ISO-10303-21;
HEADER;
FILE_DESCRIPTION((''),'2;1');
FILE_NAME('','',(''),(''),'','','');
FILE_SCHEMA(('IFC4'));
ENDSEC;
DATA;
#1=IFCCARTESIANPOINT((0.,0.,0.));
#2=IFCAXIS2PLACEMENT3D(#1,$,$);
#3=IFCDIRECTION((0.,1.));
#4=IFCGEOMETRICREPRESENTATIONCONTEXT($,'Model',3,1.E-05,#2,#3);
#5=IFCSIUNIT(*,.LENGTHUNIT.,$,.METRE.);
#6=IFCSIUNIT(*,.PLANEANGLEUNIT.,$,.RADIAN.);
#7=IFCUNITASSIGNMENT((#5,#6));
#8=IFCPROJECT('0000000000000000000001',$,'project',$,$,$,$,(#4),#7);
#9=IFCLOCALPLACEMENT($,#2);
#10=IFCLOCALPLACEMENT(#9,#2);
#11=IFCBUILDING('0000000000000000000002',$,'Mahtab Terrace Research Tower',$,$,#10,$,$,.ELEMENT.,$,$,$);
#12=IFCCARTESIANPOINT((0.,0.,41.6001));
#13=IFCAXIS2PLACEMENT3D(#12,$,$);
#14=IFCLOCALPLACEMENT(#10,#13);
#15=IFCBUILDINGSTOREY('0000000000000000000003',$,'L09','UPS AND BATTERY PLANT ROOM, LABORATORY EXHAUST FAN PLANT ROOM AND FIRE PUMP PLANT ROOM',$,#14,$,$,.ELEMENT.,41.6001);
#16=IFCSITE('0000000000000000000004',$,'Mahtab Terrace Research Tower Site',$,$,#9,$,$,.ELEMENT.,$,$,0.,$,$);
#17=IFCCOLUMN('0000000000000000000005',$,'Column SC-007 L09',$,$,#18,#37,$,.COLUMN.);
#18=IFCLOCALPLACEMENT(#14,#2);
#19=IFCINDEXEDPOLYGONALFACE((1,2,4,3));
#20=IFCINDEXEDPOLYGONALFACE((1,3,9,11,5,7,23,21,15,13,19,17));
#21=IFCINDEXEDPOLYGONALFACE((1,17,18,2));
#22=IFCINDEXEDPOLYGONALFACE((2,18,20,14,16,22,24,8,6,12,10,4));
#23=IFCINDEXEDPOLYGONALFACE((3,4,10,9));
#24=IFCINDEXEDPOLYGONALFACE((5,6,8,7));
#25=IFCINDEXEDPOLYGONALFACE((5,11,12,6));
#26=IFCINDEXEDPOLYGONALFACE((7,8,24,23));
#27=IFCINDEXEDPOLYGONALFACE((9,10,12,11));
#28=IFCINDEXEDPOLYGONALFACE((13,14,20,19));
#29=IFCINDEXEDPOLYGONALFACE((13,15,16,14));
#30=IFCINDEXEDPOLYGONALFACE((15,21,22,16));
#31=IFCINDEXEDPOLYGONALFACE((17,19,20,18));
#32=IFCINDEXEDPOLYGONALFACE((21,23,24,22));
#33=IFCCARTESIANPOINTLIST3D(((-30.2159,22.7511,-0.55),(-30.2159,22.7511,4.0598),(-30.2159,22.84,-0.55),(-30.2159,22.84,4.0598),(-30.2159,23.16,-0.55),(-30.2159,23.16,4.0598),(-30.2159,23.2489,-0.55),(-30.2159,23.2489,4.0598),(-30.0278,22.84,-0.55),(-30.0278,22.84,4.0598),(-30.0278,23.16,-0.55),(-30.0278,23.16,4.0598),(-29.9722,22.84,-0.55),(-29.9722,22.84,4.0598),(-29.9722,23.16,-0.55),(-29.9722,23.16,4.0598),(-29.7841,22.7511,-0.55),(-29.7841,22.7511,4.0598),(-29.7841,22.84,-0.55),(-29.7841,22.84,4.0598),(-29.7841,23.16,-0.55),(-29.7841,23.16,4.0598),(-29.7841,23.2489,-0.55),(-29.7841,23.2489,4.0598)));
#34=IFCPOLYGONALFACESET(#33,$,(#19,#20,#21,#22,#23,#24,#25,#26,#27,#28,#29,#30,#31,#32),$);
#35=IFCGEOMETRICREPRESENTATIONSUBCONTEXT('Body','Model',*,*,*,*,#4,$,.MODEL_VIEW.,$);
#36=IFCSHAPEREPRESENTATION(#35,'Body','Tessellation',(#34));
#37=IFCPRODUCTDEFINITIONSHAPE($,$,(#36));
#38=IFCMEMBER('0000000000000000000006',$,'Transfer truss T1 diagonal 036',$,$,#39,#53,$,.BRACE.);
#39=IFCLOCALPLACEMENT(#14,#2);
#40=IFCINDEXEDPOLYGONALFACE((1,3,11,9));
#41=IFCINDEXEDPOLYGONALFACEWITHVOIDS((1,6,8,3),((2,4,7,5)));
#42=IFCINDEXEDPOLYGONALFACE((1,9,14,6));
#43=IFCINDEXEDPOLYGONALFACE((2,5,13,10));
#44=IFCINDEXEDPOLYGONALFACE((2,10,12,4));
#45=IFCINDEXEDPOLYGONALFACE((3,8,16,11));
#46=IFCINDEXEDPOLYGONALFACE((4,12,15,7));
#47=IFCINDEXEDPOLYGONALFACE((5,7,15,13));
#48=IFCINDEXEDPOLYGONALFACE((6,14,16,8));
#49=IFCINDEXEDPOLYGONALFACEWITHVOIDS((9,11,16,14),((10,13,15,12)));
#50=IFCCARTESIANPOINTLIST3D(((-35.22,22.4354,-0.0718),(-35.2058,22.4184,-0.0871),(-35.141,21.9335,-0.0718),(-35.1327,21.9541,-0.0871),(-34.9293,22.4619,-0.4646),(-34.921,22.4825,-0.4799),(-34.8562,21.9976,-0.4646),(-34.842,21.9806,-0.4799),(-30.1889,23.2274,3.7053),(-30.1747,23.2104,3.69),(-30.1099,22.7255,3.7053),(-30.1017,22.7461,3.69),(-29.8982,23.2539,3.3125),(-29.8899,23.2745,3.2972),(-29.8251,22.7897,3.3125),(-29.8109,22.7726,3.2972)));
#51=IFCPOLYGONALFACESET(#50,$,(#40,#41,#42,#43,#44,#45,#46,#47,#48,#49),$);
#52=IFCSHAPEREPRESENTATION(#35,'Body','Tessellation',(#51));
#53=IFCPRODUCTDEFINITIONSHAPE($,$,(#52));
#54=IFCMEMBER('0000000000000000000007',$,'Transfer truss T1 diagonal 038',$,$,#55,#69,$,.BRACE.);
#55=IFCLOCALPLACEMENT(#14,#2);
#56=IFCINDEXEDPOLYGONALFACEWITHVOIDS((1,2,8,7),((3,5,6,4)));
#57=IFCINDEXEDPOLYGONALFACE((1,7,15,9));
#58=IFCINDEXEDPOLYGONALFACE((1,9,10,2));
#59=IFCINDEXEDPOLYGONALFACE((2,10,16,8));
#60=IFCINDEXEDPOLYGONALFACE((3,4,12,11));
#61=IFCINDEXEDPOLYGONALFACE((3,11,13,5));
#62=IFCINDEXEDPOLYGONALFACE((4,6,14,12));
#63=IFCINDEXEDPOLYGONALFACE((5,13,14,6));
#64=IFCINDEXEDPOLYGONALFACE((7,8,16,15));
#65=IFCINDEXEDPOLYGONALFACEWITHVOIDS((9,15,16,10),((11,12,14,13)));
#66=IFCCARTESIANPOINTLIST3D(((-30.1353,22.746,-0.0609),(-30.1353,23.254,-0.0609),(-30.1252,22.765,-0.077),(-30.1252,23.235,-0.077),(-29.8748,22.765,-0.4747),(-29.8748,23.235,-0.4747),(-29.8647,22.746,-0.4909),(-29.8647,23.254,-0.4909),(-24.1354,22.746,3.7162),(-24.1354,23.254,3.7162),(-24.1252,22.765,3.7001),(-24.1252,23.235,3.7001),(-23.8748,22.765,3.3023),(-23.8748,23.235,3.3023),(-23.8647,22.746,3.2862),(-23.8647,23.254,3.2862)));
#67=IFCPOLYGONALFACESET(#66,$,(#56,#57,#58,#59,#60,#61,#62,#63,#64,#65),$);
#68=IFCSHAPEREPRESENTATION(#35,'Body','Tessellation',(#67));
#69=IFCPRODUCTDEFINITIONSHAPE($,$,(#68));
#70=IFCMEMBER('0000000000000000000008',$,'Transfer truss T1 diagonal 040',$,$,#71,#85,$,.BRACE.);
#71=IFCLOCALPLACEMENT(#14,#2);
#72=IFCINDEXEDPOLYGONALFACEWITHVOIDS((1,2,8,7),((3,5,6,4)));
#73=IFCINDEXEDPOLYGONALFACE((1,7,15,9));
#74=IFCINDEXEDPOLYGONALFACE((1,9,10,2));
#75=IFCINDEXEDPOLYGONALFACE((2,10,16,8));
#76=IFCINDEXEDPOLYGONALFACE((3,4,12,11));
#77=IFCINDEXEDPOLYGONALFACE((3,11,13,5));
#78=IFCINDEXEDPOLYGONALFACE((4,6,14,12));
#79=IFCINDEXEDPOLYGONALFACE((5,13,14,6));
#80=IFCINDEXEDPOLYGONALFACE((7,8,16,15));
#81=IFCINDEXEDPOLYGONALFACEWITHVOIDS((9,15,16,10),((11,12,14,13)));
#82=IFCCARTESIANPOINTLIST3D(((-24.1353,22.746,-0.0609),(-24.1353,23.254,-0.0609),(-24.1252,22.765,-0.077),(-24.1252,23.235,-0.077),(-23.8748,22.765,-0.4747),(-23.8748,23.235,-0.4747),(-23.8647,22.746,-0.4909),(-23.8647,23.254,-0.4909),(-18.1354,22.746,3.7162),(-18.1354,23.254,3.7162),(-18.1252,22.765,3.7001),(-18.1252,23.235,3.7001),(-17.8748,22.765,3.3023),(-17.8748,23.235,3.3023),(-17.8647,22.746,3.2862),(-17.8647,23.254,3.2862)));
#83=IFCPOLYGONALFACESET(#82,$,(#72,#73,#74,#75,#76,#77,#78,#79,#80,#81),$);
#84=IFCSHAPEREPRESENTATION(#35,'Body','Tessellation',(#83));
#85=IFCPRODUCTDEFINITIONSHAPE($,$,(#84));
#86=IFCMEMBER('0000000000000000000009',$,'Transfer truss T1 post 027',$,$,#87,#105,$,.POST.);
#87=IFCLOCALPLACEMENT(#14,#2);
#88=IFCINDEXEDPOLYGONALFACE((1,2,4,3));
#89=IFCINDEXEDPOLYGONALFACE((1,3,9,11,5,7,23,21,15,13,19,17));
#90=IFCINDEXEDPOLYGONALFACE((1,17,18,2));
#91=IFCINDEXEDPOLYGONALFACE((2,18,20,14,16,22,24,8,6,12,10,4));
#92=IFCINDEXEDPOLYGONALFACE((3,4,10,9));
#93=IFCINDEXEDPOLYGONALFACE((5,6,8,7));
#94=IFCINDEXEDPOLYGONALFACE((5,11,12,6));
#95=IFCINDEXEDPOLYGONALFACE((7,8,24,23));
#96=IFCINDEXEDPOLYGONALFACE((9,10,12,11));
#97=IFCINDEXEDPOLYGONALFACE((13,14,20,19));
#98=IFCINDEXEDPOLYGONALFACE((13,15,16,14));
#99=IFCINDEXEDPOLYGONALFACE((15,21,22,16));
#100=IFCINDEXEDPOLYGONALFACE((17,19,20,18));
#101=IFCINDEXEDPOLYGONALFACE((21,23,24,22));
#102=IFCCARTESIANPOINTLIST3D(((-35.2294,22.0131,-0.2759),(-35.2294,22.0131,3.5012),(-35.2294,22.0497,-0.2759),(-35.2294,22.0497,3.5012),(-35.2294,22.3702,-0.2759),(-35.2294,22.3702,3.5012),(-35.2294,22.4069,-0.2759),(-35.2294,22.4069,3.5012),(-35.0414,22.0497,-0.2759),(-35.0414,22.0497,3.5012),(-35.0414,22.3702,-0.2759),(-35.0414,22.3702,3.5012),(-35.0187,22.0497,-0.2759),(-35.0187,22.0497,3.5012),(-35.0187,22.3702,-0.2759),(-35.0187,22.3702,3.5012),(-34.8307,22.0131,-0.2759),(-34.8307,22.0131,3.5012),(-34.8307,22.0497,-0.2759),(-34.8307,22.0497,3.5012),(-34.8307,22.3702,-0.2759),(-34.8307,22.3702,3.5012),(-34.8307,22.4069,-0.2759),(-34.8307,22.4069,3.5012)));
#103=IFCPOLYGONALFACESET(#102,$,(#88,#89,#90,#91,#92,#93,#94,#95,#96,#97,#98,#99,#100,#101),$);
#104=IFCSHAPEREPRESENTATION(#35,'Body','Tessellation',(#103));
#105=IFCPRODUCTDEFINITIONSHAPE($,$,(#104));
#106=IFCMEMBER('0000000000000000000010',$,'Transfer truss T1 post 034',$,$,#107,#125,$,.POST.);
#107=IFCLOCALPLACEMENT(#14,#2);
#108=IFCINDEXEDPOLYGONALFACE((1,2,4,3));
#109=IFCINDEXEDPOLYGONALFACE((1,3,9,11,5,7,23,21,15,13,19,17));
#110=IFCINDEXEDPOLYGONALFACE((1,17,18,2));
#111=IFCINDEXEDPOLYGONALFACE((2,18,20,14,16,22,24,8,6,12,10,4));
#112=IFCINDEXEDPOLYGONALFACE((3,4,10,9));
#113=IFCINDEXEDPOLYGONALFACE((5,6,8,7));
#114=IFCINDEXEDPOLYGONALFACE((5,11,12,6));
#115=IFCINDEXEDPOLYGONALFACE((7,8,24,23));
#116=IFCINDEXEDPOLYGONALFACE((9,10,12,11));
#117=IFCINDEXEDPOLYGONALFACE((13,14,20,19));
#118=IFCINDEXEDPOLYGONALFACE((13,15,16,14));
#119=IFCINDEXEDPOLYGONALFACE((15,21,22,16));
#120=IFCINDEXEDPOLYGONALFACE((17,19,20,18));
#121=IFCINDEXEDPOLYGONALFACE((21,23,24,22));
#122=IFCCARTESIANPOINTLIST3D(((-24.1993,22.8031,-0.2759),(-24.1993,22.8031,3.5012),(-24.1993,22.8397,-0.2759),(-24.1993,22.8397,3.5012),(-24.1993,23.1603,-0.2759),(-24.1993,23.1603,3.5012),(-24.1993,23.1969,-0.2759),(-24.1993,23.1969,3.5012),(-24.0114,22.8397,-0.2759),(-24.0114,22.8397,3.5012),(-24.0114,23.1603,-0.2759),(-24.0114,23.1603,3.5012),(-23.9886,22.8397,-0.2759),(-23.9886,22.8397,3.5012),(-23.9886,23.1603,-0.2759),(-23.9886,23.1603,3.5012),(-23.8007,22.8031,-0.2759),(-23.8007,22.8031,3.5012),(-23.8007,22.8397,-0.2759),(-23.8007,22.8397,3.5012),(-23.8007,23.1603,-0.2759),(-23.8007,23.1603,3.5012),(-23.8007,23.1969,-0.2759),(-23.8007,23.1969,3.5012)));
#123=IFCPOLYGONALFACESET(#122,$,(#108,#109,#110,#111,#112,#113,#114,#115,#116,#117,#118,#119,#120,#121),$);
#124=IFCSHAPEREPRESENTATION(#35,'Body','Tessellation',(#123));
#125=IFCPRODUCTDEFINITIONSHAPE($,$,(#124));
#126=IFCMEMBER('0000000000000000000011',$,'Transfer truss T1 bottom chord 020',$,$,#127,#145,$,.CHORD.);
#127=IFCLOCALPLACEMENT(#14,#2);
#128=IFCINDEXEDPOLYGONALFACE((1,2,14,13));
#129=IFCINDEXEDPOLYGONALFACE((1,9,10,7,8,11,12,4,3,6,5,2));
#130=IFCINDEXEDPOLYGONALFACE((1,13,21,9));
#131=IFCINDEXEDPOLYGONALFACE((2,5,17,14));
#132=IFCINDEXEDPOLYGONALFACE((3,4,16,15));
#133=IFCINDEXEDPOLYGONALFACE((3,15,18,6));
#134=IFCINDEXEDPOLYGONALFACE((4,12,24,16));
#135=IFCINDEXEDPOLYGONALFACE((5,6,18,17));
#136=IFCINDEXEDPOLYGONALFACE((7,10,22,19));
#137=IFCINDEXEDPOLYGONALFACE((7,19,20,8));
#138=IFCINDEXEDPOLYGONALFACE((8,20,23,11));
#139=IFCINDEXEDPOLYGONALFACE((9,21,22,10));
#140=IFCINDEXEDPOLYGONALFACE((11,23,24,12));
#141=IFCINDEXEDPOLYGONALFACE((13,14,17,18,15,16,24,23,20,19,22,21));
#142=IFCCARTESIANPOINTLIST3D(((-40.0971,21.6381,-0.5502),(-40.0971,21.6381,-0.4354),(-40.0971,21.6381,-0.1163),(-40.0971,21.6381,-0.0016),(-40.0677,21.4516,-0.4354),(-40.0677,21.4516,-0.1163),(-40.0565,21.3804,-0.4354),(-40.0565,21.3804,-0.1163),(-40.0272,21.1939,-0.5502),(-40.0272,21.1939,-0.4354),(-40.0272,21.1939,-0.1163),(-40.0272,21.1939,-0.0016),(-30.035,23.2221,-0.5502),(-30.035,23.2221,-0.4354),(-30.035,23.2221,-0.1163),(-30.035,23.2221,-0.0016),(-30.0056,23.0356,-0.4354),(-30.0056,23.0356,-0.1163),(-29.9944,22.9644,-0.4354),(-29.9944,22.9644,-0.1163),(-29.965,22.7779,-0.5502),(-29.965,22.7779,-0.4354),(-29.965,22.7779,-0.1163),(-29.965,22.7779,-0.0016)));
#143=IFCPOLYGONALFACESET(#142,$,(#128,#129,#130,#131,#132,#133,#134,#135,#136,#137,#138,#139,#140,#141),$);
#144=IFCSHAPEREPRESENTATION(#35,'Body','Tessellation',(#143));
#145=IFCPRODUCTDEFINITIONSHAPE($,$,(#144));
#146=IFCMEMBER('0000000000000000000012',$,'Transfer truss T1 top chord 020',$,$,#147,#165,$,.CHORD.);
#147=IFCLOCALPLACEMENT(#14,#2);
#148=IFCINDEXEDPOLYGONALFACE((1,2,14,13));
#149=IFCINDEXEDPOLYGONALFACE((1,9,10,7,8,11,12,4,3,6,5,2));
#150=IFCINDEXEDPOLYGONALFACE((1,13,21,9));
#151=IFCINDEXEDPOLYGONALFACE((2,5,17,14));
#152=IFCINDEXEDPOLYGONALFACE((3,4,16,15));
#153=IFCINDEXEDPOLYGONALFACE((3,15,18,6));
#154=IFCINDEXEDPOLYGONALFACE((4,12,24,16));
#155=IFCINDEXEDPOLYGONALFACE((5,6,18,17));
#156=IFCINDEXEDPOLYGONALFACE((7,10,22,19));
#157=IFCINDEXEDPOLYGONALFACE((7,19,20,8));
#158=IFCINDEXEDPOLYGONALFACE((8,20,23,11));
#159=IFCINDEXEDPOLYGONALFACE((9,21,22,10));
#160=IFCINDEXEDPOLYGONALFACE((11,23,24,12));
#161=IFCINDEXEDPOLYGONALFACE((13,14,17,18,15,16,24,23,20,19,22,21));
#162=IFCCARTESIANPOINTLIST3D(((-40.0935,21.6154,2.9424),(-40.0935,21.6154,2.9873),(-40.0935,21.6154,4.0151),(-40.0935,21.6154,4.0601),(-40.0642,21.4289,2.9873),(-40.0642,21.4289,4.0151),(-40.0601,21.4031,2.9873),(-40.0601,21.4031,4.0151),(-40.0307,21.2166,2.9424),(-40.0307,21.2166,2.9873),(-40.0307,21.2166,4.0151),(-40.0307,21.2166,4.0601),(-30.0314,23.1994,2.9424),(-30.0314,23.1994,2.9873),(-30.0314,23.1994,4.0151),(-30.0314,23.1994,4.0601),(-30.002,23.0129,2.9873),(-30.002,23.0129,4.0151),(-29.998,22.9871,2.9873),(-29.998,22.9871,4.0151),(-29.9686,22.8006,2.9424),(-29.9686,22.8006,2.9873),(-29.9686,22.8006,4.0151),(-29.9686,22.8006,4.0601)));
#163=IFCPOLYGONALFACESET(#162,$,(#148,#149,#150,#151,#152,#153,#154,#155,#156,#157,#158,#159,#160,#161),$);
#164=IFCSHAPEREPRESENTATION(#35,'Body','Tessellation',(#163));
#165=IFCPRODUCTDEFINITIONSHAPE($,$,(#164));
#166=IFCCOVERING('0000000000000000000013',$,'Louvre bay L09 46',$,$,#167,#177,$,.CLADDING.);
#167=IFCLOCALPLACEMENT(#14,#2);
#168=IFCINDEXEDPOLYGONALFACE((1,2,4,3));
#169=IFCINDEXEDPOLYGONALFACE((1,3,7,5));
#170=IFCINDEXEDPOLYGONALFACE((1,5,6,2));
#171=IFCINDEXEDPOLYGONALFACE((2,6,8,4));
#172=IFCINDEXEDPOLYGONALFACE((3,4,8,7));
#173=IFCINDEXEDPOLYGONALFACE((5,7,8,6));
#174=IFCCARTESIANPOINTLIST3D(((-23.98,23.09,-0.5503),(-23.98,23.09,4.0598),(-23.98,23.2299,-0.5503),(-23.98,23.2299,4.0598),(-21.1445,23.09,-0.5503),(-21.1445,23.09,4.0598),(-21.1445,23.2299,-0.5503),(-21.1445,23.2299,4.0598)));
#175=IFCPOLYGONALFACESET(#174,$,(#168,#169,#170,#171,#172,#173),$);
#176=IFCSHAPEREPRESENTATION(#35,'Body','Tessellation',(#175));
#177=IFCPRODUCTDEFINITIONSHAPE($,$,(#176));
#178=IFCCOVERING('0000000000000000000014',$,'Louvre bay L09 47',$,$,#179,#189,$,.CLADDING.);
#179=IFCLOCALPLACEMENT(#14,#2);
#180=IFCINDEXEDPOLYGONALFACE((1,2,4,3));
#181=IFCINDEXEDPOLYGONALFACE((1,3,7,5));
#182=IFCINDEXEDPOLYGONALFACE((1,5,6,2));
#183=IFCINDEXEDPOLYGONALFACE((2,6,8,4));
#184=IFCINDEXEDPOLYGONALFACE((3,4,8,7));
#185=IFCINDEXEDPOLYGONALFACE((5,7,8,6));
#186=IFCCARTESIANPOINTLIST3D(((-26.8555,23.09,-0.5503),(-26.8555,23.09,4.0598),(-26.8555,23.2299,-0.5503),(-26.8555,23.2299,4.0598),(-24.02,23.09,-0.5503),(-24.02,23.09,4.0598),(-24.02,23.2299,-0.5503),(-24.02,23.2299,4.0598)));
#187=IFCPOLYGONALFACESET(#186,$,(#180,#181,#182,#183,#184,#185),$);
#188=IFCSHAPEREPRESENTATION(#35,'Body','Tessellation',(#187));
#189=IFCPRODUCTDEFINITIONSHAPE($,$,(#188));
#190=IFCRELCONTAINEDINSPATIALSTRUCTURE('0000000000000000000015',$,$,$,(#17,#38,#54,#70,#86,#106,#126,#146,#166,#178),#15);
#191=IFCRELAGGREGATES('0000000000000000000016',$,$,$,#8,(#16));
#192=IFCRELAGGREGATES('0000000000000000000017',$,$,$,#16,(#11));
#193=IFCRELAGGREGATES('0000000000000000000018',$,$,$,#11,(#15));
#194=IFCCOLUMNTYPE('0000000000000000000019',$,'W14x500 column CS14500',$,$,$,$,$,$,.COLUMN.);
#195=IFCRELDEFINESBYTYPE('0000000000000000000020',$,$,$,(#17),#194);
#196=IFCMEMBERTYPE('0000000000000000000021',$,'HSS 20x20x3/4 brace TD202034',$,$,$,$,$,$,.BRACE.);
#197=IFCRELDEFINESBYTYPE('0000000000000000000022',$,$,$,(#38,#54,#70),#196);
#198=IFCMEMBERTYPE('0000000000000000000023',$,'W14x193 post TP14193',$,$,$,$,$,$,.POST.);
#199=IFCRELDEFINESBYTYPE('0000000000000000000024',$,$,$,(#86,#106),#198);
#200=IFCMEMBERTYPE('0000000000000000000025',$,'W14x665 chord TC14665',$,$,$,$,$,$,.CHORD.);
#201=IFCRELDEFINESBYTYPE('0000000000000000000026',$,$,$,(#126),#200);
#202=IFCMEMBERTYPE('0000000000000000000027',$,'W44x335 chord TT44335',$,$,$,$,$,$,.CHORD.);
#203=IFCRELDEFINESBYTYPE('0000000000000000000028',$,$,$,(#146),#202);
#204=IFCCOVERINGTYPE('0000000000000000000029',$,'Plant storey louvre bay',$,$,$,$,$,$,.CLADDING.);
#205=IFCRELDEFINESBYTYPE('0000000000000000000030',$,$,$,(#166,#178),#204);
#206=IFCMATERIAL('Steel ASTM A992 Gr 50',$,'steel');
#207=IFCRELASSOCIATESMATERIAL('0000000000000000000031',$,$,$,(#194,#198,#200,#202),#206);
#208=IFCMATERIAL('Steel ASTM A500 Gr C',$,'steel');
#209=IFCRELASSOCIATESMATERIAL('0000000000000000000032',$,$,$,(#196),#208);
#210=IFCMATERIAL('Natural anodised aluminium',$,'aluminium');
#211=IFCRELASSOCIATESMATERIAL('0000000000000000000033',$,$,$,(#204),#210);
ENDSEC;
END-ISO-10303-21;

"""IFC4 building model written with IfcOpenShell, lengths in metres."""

from ifc_helpers import new_model, si_unit, direction, frame, origin, origin_2d, place, context, subcontext, project, spatial, rectangle, hollow_rectangle, i_section, extrude, material, material_profile, profile_set, type_object, element, save


model = new_model("IFC4")

# Units and contexts
model_context = context("Model", 3, precision=1e-05, world=origin(), true_north=direction((0.0, 1.0)))
body_context = subcontext(model_context, "Body", "Model", "MODEL_VIEW")
ifc_project = project(units=[si_unit("LENGTHUNIT", "METRE"), si_unit("PLANEANGLEUNIT", "RADIAN")], contexts=[model_context])

# Site, building, storey
site_placement = place(None, origin())
site = spatial("IfcSite", under=ifc_project, at=site_placement, Name="Mahtab Terrace Research Tower Site", CompositionType="ELEMENT", RefElevation=0.0)
building_placement = place(site_placement, origin())
building = spatial("IfcBuilding", under=site, at=building_placement, Name="Mahtab Terrace Research Tower", CompositionType="ELEMENT")
storey_placement = place(building_placement, frame((0.0, 0.0, 41.6001)))
storey = spatial("IfcBuildingStorey", under=building, at=storey_placement, Name="L09", Description="UPS AND BATTERY PLANT ROOM, LABORATORY EXHAUST FAN PLANT ROOM AND FIRE PUMP PLANT ROOM", CompositionType="ELEMENT", Elevation=41.6001)

# Column
ifc_material_1 = material(Name="Steel ASTM A992 Gr 50", Category="steel")
ifc_material_profile_1 = material_profile(ifc_material_1, i_section(OverallWidth=0.4319, OverallDepth=0.4978, WebThickness=0.0557, FlangeThickness=0.0889, at=origin_2d()), Name="W14X500")
ifc_profile_set_1 = profile_set([ifc_material_profile_1], Name="Steel ASTM A992 Gr 50")
column_type = type_object("IfcColumnType", Name="W14x500 column CS14500", PredefinedType="COLUMN", material=ifc_profile_set_1)
column_placement = place(storey_placement, frame((-30.0, 23.0, -0.55), z_axis=(0.0, 0.0, 1.0), x_axis=(1.0, 0.0, 0.0)))
element("IfcColumn", 1, at=column_placement, inside=storey, type_object=column_type, Name="Column SC-007 L09", PredefinedType="COLUMN", context=body_context, shape_type="SweptSolid", body=[
    extrude(i_section(OverallWidth=0.4319, OverallDepth=0.4978, WebThickness=0.0557, FlangeThickness=0.0889, at=origin_2d()), origin(), (0.0, 0.0, 1.0), 4.6099),
])

# Members
ifc_material_2 = material(Name="Steel ASTM A500 Gr C", Category="steel")
ifc_material_profile_2 = material_profile(ifc_material_2, hollow_rectangle(XDim=0.5081, YDim=0.5081, WallThickness=0.019, at=origin_2d()), Name="HSS20X20X3/4")
ifc_profile_set_2 = profile_set([ifc_material_profile_2], Name="Steel ASTM A500 Gr C")
member_type_1 = type_object("IfcMemberType", Name="HSS 20x20x3/4 brace TD202034", PredefinedType="BRACE", material=ifc_profile_set_2)
member_1_placement = place(storey_placement, frame((-35.031, 22.208, -0.2759), z_axis=(0.793444, 0.124906, 0.595689), x_axis=(-0.155507, 0.987835, 0.0)))
element("IfcMember", 2, at=member_1_placement, inside=storey, type_object=member_type_1, Name="Transfer truss T1 diagonal 036", PredefinedType="BRACE", context=body_context, shape_type="SweptSolid", body=[
    extrude(hollow_rectangle(XDim=0.5081, YDim=0.5081, WallThickness=0.019, at=origin_2d()), origin(), (0.0, 0.0, 1.0), 6.3408),
])
for number, where, z_axis, x_axis, name in (
    (3, (-30.0, 23.0, -0.2759), (0.846276, 0.0, 0.532745), (0.0, 1.0, 0.0), "Transfer truss T1 diagonal 038"),
    (4, (-24.0, 23.0, -0.2759), (0.846276, 0.0, 0.532745), (0.0, 1.0, 0.0), "Transfer truss T1 diagonal 040"),
):
    element("IfcMember", number, at=place(storey_placement, frame(where, z_axis=z_axis, x_axis=x_axis)), inside=storey, type_object=member_type_1, Name=name, PredefinedType="BRACE", context=body_context, shape_type="SweptSolid", body=[
        extrude(hollow_rectangle(XDim=0.5081, YDim=0.5081, WallThickness=0.019, at=origin_2d()), origin(), (0.0, 0.0, 1.0), 7.0898),
    ])
ifc_material_profile_3 = material_profile(ifc_material_1, i_section(OverallWidth=0.3987, OverallDepth=0.3938, WebThickness=0.0227, FlangeThickness=0.0366, at=origin_2d()), Name="W14X193")
ifc_profile_set_3 = profile_set([ifc_material_profile_3], Name="Steel ASTM A992 Gr 50")
member_type_2 = type_object("IfcMemberType", Name="W14x193 post TP14193", PredefinedType="POST", material=ifc_profile_set_3)
for number, where, z_axis, x_axis, name in (
    (5, (-35.03, 22.21, -0.2759), (0.0, 0.0, 1.0), (1.0, 0.0, 0.0), "Transfer truss T1 post 027"),
    (6, (-24.0, 23.0, -0.2759), (0.0, 0.0, 1.0), (1.0, 0.0, 0.0), "Transfer truss T1 post 034"),
):
    element("IfcMember", number, at=place(storey_placement, frame(where, z_axis=z_axis, x_axis=x_axis)), inside=storey, type_object=member_type_2, Name=name, PredefinedType="POST", context=body_context, shape_type="SweptSolid", body=[
        extrude(i_section(OverallWidth=0.3987, OverallDepth=0.3938, WebThickness=0.0227, FlangeThickness=0.0366, at=origin_2d()), origin(), (0.0, 0.0, 1.0), 3.7771),
    ])
ifc_material_profile_4 = material_profile(ifc_material_1, i_section(OverallWidth=0.4497, OverallDepth=0.5486, WebThickness=0.072, FlangeThickness=0.1147, at=origin_2d()), Name="W14X665")
ifc_profile_set_4 = profile_set([ifc_material_profile_4], Name="Steel ASTM A992 Gr 50")
member_type_3 = type_object("IfcMemberType", Name="W14x665 chord TC14665", PredefinedType="CHORD", material=ifc_profile_set_4)
member_2_placement = place(storey_placement, frame((-30.0, 23.0, -0.2759), z_axis=(-0.987835, -0.155507, 0.0), x_axis=(0.155507, -0.987835, 0.0)))
element("IfcMember", 7, at=member_2_placement, inside=storey, type_object=member_type_3, Name="Transfer truss T1 bottom chord 020", PredefinedType="CHORD", context=body_context, shape_type="SweptSolid", body=[
    extrude(i_section(OverallWidth=0.4497, OverallDepth=0.5486, WebThickness=0.072, FlangeThickness=0.1147, at=origin_2d()), origin(), (0.0, 0.0, 1.0), 10.186),
])
ifc_material_profile_5 = material_profile(ifc_material_1, i_section(OverallWidth=0.4038, OverallDepth=1.1177, WebThickness=0.0261, FlangeThickness=0.0449, at=origin_2d()), Name="W44X335")
ifc_profile_set_5 = profile_set([ifc_material_profile_5], Name="Steel ASTM A992 Gr 50")
member_type_4 = type_object("IfcMemberType", Name="W44x335 chord TT44335", PredefinedType="CHORD", material=ifc_profile_set_5)
member_3_placement = place(storey_placement, frame((-30.0, 23.0, 3.5012), z_axis=(-0.987835, -0.155507, 0.0), x_axis=(0.155507, -0.987835, 0.0)))
element("IfcMember", 8, at=member_3_placement, inside=storey, type_object=member_type_4, Name="Transfer truss T1 top chord 020", PredefinedType="CHORD", context=body_context, shape_type="SweptSolid", body=[
    extrude(i_section(OverallWidth=0.4038, OverallDepth=1.1177, WebThickness=0.0261, FlangeThickness=0.0449, at=origin_2d()), origin(), (0.0, 0.0, 1.0), 10.186),
])

# Coverings
ifc_material_3 = material(Name="Natural anodised aluminium", Category="aluminium")
covering_type = type_object("IfcCoveringType", Name="Plant storey louvre bay", PredefinedType="CLADDING", material=ifc_material_3)
for number, where, z_axis, x_axis, name in (
    (9, (-22.5623, 23.1599, -0.5503), (0.0, 0.0, 1.0), (-1.0, 0.0, 0.0), "Louvre bay L09 46"),
    (10, (-25.4377, 23.1599, -0.5503), (0.0, 0.0, 1.0), (-1.0, 0.0, 0.0), "Louvre bay L09 47"),
):
    element("IfcCovering", number, at=place(storey_placement, frame(where, z_axis=z_axis, x_axis=x_axis)), inside=storey, type_object=covering_type, Name=name, PredefinedType="CLADDING", context=body_context, shape_type="SweptSolid", body=[
        extrude(rectangle(XDim=2.8354, YDim=0.1399, at=origin_2d()), origin(), (0.0, 0.0, 1.0), 4.6101),
    ])

save(model, "model.ifc")
